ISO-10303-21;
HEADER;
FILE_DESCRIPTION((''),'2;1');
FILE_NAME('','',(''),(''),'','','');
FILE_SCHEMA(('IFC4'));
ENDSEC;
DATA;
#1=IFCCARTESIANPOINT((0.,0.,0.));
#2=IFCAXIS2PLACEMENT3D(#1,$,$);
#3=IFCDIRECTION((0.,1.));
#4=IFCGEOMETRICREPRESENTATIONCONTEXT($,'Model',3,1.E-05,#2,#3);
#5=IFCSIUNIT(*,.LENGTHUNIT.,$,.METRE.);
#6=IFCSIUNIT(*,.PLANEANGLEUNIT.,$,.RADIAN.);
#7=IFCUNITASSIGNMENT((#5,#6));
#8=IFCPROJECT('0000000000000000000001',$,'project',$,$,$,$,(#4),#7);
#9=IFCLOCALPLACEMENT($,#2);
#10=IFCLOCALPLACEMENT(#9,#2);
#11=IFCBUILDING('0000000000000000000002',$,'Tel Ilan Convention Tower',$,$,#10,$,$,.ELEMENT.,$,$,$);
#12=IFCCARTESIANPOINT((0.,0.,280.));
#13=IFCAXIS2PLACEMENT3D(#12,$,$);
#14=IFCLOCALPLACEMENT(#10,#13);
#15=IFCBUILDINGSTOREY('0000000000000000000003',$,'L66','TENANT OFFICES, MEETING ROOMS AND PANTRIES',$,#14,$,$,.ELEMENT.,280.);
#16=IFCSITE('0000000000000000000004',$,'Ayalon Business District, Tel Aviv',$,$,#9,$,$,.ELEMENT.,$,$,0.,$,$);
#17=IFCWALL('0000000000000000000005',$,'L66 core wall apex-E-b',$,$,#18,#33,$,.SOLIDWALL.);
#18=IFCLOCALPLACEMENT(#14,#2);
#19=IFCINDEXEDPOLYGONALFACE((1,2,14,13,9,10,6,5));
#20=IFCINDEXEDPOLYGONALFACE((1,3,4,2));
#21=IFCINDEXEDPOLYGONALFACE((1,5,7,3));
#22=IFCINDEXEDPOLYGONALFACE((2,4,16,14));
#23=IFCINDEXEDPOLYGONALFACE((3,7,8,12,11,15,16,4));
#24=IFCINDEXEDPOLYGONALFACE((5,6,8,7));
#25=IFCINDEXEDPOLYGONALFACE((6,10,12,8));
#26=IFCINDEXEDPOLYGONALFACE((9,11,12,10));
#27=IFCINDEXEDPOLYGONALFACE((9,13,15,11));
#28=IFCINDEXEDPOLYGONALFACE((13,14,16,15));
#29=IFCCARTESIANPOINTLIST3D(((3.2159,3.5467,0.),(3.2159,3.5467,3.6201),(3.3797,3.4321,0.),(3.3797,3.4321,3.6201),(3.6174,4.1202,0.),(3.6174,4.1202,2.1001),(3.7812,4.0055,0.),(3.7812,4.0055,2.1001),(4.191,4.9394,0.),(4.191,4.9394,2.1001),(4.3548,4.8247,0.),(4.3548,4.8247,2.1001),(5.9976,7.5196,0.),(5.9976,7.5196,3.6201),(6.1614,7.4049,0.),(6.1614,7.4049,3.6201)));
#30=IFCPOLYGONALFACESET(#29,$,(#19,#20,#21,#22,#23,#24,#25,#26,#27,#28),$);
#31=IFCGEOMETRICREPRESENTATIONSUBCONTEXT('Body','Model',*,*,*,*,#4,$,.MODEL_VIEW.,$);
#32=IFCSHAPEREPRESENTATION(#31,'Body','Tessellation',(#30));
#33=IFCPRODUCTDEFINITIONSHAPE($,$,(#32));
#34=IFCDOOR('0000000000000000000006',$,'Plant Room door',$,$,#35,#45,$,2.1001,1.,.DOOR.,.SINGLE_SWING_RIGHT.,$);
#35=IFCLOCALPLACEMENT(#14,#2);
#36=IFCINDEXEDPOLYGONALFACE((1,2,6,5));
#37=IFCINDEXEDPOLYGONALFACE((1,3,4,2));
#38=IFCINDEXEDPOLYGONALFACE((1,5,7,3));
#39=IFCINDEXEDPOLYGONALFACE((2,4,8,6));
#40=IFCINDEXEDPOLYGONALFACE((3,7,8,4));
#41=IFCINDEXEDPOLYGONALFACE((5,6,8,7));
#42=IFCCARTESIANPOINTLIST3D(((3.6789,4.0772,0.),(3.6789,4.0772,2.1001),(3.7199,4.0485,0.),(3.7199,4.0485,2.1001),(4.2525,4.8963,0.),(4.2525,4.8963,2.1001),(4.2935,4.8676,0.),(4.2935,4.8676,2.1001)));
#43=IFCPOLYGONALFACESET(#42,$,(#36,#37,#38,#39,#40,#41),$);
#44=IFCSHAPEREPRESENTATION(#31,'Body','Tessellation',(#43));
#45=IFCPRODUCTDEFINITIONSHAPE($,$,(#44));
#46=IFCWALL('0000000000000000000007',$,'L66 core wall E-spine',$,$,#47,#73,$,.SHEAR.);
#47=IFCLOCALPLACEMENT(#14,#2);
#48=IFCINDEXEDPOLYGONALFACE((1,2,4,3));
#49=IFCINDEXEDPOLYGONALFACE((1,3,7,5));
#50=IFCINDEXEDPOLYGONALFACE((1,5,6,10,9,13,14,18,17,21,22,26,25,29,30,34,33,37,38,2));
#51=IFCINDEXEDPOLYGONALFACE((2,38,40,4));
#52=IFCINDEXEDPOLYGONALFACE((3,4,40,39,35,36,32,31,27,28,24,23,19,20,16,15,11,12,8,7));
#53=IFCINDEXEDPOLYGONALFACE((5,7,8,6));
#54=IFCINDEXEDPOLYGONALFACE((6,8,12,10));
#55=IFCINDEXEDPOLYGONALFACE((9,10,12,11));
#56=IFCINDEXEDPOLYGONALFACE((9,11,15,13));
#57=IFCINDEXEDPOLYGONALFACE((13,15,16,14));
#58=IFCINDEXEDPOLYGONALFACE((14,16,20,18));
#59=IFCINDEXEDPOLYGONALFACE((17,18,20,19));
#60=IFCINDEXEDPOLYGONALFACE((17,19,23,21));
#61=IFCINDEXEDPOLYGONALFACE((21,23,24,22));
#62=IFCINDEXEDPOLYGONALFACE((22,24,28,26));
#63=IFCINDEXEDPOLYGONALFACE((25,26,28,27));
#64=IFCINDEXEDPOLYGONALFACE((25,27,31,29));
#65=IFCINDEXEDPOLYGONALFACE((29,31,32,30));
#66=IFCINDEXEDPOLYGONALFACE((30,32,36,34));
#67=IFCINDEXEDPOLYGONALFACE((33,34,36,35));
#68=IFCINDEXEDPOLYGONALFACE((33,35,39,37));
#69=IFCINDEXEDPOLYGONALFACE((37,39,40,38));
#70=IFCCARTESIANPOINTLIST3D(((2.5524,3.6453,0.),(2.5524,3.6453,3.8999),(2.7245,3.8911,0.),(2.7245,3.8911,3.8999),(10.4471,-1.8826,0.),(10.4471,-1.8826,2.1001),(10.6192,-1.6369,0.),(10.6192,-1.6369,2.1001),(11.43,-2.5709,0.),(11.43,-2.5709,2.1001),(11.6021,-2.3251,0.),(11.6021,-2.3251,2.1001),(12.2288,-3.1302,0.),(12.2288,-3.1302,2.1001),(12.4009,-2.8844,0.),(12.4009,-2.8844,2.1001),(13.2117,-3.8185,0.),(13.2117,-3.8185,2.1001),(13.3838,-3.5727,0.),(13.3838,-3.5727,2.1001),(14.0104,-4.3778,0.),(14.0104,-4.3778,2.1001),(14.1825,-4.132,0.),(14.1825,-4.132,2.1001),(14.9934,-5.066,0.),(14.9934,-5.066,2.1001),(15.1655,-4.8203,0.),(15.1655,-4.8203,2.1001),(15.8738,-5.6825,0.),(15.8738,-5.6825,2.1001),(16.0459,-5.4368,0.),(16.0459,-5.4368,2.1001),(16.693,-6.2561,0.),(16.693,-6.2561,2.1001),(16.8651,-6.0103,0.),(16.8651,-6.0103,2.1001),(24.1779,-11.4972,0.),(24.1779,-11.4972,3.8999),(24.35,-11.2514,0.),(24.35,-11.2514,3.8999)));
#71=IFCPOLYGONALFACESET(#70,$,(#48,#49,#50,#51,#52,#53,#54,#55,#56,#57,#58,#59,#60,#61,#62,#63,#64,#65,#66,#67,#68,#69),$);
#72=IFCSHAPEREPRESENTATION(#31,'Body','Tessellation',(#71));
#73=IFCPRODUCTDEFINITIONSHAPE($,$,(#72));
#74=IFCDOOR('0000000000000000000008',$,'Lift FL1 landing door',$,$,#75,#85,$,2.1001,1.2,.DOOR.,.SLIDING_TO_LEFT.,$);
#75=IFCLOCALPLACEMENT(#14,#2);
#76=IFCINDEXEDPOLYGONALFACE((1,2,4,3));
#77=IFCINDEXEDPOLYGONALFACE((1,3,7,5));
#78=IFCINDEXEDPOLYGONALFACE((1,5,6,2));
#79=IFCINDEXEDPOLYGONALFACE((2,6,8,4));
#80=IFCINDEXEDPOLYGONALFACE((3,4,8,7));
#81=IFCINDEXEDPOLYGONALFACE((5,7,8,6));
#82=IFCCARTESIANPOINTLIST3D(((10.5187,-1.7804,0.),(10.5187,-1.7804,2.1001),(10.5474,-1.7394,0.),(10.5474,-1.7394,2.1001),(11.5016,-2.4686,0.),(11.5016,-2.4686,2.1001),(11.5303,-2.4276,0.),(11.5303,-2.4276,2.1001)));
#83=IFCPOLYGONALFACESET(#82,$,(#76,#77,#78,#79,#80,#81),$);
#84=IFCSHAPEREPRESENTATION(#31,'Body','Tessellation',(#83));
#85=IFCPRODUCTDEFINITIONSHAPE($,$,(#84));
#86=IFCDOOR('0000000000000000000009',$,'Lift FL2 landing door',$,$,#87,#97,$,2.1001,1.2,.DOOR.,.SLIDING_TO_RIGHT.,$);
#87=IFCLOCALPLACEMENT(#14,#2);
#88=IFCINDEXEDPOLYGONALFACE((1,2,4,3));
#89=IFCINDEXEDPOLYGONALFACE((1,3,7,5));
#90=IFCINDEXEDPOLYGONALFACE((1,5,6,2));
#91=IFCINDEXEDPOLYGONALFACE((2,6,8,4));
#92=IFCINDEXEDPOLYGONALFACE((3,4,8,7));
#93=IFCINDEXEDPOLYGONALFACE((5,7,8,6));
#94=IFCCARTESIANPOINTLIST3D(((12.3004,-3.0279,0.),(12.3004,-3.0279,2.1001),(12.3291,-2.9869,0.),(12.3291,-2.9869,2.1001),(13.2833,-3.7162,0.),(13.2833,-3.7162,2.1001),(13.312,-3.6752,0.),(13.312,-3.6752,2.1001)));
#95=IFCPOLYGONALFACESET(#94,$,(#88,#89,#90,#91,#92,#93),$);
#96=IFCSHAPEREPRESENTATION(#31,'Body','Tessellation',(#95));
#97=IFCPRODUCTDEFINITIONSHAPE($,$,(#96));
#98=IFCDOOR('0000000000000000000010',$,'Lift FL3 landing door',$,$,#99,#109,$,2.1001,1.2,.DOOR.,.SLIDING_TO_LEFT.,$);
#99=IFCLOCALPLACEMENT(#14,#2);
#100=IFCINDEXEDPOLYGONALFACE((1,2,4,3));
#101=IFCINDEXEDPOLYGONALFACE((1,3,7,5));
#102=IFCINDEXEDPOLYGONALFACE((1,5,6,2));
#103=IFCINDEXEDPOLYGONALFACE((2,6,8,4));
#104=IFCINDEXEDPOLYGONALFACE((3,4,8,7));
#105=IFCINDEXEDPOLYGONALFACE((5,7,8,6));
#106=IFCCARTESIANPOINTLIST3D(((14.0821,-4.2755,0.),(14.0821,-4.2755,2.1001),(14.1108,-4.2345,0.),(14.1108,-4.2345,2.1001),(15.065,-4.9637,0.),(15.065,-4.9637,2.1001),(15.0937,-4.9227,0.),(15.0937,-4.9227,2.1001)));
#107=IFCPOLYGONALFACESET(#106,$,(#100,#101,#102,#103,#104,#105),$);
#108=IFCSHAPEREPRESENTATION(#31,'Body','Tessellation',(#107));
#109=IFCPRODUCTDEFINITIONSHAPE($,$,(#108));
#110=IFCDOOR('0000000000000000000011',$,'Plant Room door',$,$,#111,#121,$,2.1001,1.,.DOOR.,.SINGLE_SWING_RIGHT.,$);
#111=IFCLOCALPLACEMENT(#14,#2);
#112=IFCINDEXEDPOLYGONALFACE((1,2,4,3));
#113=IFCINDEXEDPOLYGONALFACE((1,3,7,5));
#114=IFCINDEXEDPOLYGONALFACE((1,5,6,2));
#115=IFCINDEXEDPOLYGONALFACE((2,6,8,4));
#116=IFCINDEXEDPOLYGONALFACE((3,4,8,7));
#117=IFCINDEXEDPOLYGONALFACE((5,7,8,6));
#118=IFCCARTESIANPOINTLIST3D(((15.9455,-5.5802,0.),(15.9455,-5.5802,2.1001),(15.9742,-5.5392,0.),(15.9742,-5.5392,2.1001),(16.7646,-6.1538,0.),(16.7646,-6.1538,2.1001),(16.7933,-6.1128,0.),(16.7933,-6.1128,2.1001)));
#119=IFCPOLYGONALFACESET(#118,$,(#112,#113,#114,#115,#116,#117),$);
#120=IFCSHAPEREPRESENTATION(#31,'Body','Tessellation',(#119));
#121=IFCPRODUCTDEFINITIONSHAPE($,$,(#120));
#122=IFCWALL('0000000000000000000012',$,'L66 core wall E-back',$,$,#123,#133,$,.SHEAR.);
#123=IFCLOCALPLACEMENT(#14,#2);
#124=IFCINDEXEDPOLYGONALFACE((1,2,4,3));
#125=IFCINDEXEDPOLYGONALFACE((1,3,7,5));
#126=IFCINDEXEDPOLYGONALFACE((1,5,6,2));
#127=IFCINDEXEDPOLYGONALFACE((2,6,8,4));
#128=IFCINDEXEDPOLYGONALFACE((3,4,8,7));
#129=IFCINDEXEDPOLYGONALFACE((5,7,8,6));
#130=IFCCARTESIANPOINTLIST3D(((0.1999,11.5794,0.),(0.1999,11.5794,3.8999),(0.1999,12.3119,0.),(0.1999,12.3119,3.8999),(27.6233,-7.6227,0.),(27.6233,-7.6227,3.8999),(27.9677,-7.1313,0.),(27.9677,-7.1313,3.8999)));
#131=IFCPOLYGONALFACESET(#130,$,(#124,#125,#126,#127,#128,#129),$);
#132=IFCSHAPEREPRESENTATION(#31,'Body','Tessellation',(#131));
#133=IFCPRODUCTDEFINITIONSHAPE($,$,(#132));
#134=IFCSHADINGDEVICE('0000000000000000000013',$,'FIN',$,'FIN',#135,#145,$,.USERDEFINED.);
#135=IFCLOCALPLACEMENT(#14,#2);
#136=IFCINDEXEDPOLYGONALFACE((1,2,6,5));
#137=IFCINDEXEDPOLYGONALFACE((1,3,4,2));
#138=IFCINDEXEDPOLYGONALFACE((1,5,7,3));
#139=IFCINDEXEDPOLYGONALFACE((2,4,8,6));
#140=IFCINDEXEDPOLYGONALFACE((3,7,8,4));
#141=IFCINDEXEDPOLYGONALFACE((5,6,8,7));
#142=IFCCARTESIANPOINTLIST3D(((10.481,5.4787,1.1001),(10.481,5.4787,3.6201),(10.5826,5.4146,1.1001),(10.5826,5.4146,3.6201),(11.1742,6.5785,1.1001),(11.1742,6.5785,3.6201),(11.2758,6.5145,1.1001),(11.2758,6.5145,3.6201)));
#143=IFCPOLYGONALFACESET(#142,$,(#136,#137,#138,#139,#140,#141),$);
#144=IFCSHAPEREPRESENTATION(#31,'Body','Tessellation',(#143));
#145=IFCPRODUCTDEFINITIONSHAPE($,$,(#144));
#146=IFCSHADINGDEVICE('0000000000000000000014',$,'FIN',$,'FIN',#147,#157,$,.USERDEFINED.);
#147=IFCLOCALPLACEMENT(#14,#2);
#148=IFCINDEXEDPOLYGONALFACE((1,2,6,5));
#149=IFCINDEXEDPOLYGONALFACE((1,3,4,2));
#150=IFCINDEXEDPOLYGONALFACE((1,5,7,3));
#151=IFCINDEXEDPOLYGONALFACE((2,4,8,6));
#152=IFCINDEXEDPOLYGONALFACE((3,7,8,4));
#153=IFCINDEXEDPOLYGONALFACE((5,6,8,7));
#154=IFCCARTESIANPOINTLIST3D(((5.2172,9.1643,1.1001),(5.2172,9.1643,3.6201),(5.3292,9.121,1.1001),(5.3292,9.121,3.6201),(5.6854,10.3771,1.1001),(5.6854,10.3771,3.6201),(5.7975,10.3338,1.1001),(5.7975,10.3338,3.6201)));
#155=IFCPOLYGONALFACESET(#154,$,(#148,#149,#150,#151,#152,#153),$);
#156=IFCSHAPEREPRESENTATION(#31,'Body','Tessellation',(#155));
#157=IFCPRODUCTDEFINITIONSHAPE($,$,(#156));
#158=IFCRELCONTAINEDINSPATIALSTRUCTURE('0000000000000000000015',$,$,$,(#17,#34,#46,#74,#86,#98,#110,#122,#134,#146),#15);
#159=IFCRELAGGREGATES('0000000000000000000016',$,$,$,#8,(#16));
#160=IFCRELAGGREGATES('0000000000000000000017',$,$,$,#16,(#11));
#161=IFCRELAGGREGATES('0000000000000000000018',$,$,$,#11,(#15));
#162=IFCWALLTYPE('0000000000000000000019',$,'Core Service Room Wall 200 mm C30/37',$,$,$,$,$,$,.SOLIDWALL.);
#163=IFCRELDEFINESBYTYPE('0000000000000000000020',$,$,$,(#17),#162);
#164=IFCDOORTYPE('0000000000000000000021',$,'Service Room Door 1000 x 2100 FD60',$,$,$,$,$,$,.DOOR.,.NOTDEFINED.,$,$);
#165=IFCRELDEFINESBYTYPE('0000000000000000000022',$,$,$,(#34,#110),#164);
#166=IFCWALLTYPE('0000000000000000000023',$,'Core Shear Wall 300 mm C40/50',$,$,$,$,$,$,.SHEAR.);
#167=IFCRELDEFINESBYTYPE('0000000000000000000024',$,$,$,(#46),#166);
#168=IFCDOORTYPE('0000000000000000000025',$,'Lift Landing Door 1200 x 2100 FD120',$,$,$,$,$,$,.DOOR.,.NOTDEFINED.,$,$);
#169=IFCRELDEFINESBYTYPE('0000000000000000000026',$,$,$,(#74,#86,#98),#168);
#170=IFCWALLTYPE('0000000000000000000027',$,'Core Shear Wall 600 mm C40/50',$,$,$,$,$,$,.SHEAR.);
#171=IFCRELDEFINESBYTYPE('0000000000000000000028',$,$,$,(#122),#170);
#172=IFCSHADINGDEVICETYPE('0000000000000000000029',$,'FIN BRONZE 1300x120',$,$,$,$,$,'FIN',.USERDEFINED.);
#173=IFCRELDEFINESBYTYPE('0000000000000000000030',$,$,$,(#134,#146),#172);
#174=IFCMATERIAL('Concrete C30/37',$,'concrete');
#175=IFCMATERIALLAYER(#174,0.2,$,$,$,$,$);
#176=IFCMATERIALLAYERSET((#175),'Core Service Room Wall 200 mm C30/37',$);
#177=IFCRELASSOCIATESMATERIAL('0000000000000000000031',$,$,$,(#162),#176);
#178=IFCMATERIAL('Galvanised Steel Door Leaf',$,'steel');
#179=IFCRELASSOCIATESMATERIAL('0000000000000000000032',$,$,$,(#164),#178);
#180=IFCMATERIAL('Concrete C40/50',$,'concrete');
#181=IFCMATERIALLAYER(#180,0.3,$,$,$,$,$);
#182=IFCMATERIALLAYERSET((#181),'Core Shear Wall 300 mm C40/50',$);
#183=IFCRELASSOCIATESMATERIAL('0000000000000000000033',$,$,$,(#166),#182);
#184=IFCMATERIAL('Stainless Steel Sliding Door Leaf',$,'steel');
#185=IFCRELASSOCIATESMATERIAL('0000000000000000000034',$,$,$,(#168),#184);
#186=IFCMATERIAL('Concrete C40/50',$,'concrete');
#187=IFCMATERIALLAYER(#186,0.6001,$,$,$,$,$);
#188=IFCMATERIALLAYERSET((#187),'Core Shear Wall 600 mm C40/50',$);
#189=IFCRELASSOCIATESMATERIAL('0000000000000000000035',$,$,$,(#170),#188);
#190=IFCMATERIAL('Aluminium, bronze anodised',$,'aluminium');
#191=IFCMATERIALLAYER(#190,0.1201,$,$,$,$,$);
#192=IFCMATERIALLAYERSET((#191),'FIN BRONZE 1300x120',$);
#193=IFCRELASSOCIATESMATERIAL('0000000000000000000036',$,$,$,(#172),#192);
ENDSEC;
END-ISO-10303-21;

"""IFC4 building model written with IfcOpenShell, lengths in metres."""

from ifc_helpers import new_model, si_unit, direction, frame, frame_2d, origin, origin_2d, place, context, subcontext, project, spatial, polyline, rectangle, outline, extrude, material, layer, layer_set, type_object, element, fill, save


model = new_model("IFC4")

# Units and contexts
model_context = context("Model", 3, precision=1e-05, world=origin(), true_north=direction((0.0, 1.0)))
body_context = subcontext(model_context, "Body", "Model", "MODEL_VIEW")
ifc_project = project(units=[si_unit("LENGTHUNIT", "METRE"), si_unit("PLANEANGLEUNIT", "RADIAN")], contexts=[model_context])

# Site, building, storey
site_placement = place(None, origin())
site = spatial("IfcSite", under=ifc_project, at=site_placement, Name="Ayalon Business District, Tel Aviv", CompositionType="ELEMENT", RefElevation=0.0)
building_placement = place(site_placement, origin())
building = spatial("IfcBuilding", under=site, at=building_placement, Name="Tel Ilan Convention Tower", CompositionType="ELEMENT")
storey_placement = place(building_placement, frame((0.0, 0.0, 280.0)))
storey = spatial("IfcBuildingStorey", under=building, at=storey_placement, Name="L66", Description="TENANT OFFICES, MEETING ROOMS AND PANTRIES", CompositionType="ELEMENT", Elevation=280.0)

# Wall, opening, door
ifc_material_1 = material(Name="Concrete C30/37", Category="concrete")
ifc_layer_1 = layer(ifc_material_1, 0.2)
ifc_layer_set_1 = layer_set([ifc_layer_1], Name="Core Service Room Wall 200 mm C30/37")
wall_type_1 = type_object("IfcWallType", Name="Core Service Room Wall 200 mm C30/37", PredefinedType="SOLIDWALL", material=ifc_layer_set_1)
wall_1_placement = place(storey_placement, frame((3.2979, 3.4895, 0.0), z_axis=(0.0, 0.0, 1.0), x_axis=(0.57356, 0.819163, 0.0)))
wall_1 = element("IfcWall", 1, at=wall_1_placement, inside=storey, type_object=wall_type_1, Name="L66 core wall apex-E-b", PredefinedType="SOLIDWALL", context=body_context, shape_type="SweptSolid", body=[
    extrude(rectangle(XDim=4.8499, YDim=0.2, at=frame_2d((2.4248, 0.0))), origin(), (0.0, 0.0, 1.0), 3.6201),
])
opening_1_placement = place(wall_1_placement, frame((0.7, 0.0, 0.0)))
opening_1 = element("IfcOpeningElement", 2, at=opening_1_placement, cuts=wall_1, PredefinedType="OPENING", context=body_context, shape_type="SweptSolid", body=[
    extrude(rectangle(XDim=1.0, YDim=2.1001, at=frame_2d((0.5, 1.05))), frame((0.0, 0.1099, 0.0), z_axis=(0.0, -1.0, 0.0), x_axis=(1.0, 0.0, 0.0)), (0.0, 0.0, 1.0), 0.22),
])
ifc_material_2 = material(Name="Galvanised Steel Door Leaf", Category="steel")
door_type_1 = type_object("IfcDoorType", Name="Service Room Door 1000 x 2100 FD60", OperationType="NOTDEFINED", PredefinedType="DOOR", material=ifc_material_2)
door_1_placement = place(opening_1_placement, origin())
door_1 = element("IfcDoor", 3, at=door_1_placement, inside=storey, type_object=door_type_1, Name="Plant Room door", OperationType="SINGLE_SWING_RIGHT", OverallHeight=2.1001, OverallWidth=1.0, PredefinedType="DOOR", context=body_context, shape_type="SweptSolid", body=[
    extrude(rectangle(XDim=1.0, YDim=2.1001, at=frame_2d((0.5, 1.05))), frame((0.0, 0.0249, 0.0), z_axis=(0.0, -1.0, 0.0), x_axis=(1.0, 0.0, 0.0)), (0.0, 0.0, 1.0), 0.05),
])
fill(opening_1, door_1)

# Wall, openings, doors
ifc_material_3 = material(Name="Concrete C40/50", Category="concrete")
ifc_layer_2 = layer(ifc_material_3, 0.3)
ifc_layer_set_2 = layer_set([ifc_layer_2], Name="Core Shear Wall 300 mm C40/50")
wall_type_2 = type_object("IfcWallType", Name="Core Shear Wall 300 mm C40/50", PredefinedType="SHEAR", material=ifc_layer_set_2)
wall_2_placement = place(storey_placement, frame((2.6384, 3.7681, 0.0), z_axis=(0.0, 0.0, 1.0), x_axis=(0.819155, -0.573572, 0.0)))
wall_2 = element("IfcWall", 4, at=wall_2_placement, inside=storey, type_object=wall_type_2, Name="L66 core wall E-spine", PredefinedType="SHEAR", context=body_context, shape_type="SweptSolid", body=[
    extrude(outline(polyline([(0.0, 0.1501), (0.0, -0.1499), (26.3999, -0.1501), (26.3999, 0.1499), (0.0, 0.1501)])), origin(), (0.0, 0.0, 1.0), 3.8999),
])
opening_2_placement = place(wall_2_placement, frame((9.6375, 0.0, 0.0)))
opening_2 = element("IfcOpeningElement", 5, at=opening_2_placement, cuts=wall_2, PredefinedType="OPENING", context=body_context, shape_type="SweptSolid", body=[
    extrude(rectangle(XDim=1.2, YDim=2.1001, at=frame_2d((0.6001, 1.05))), frame((0.0, 0.1599, 0.0), z_axis=(0.0, -1.0, 0.0), x_axis=(1.0, 0.0, 0.0)), (0.0, 0.0, 1.0), 0.3201),
])
opening_3_placement = place(wall_2_placement, frame((11.8125, 0.0, 0.0)))
opening_3 = element("IfcOpeningElement", 6, at=opening_3_placement, cuts=wall_2, PredefinedType="OPENING", context=body_context, shape_type="SweptSolid", body=[
    extrude(rectangle(XDim=1.2, YDim=2.1001, at=frame_2d((0.6001, 1.05))), frame((0.0, 0.1599, 0.0), z_axis=(0.0, -1.0, 0.0), x_axis=(1.0, 0.0, 0.0)), (0.0, 0.0, 1.0), 0.3201),
])
opening_4_placement = place(wall_2_placement, frame((13.9875, 0.0, 0.0)))
opening_4 = element("IfcOpeningElement", 7, at=opening_4_placement, cuts=wall_2, PredefinedType="OPENING", context=body_context, shape_type="SweptSolid", body=[
    extrude(rectangle(XDim=1.2, YDim=2.1001, at=frame_2d((0.6001, 1.05))), frame((0.0, 0.1599, 0.0), z_axis=(0.0, -1.0, 0.0), x_axis=(1.0, 0.0, 0.0)), (0.0, 0.0, 1.0), 0.3201),
])
opening_5_placement = place(wall_2_placement, frame((16.2625, 0.0, 0.0)))
opening_5 = element("IfcOpeningElement", 8, at=opening_5_placement, cuts=wall_2, PredefinedType="OPENING", context=body_context, shape_type="SweptSolid", body=[
    extrude(rectangle(XDim=1.0, YDim=2.1001, at=frame_2d((0.5, 1.05))), frame((0.0, 0.1599, 0.0), z_axis=(0.0, -1.0, 0.0), x_axis=(1.0, 0.0, 0.0)), (0.0, 0.0, 1.0), 0.3201),
])
ifc_material_4 = material(Name="Stainless Steel Sliding Door Leaf", Category="steel")
door_type_2 = type_object("IfcDoorType", Name="Lift Landing Door 1200 x 2100 FD120", OperationType="NOTDEFINED", PredefinedType="DOOR", material=ifc_material_4)
door_2_placement = place(opening_2_placement, origin())
door_2 = element("IfcDoor", 9, at=door_2_placement, inside=storey, type_object=door_type_2, Name="Lift FL1 landing door", OperationType="SLIDING_TO_LEFT", OverallHeight=2.1001, OverallWidth=1.2, PredefinedType="DOOR", context=body_context, shape_type="SweptSolid", body=[
    extrude(rectangle(XDim=1.2, YDim=2.1001, at=frame_2d((0.6001, 1.05))), frame((0.0, 0.0249, 0.0), z_axis=(0.0, -1.0, 0.0), x_axis=(1.0, 0.0, 0.0)), (0.0, 0.0, 1.0), 0.05),
])
fill(opening_2, door_2)
door_3_placement = place(opening_3_placement, origin())
door_3 = element("IfcDoor", 10, at=door_3_placement, inside=storey, type_object=door_type_2, Name="Lift FL2 landing door", OperationType="SLIDING_TO_RIGHT", OverallHeight=2.1001, OverallWidth=1.2, PredefinedType="DOOR", context=body_context, shape_type="SweptSolid", body=[
    extrude(rectangle(XDim=1.2, YDim=2.1001, at=frame_2d((0.6001, 1.05))), frame((0.0, 0.0249, 0.0), z_axis=(0.0, -1.0, 0.0), x_axis=(1.0, 0.0, 0.0)), (0.0, 0.0, 1.0), 0.05),
])
fill(opening_3, door_3)
door_4_placement = place(opening_4_placement, origin())
door_4 = element("IfcDoor", 11, at=door_4_placement, inside=storey, type_object=door_type_2, Name="Lift FL3 landing door", OperationType="SLIDING_TO_LEFT", OverallHeight=2.1001, OverallWidth=1.2, PredefinedType="DOOR", context=body_context, shape_type="SweptSolid", body=[
    extrude(rectangle(XDim=1.2, YDim=2.1001, at=frame_2d((0.6001, 1.05))), frame((0.0, 0.0249, 0.0), z_axis=(0.0, -1.0, 0.0), x_axis=(1.0, 0.0, 0.0)), (0.0, 0.0, 1.0), 0.05),
])
fill(opening_4, door_4)
door_5_placement = place(opening_5_placement, origin())
door_5 = element("IfcDoor", 12, at=door_5_placement, inside=storey, type_object=door_type_1, Name="Plant Room door", OperationType="SINGLE_SWING_RIGHT", OverallHeight=2.1001, OverallWidth=1.0, PredefinedType="DOOR", context=body_context, shape_type="SweptSolid", body=[
    extrude(rectangle(XDim=1.0, YDim=2.1001, at=frame_2d((0.5, 1.05))), frame((0.0, 0.0249, 0.0), z_axis=(0.0, -1.0, 0.0), x_axis=(1.0, 0.0, 0.0)), (0.0, 0.0, 1.0), 0.05),
])
fill(opening_5, door_5)

# Wall
ifc_material_5 = material(Name="Concrete C40/50", Category="concrete")
ifc_layer_3 = layer(ifc_material_5, 0.6001)
ifc_layer_set_3 = layer_set([ifc_layer_3], Name="Core Shear Wall 600 mm C40/50")
wall_type_3 = type_object("IfcWallType", Name="Core Shear Wall 600 mm C40/50", PredefinedType="SHEAR", material=ifc_layer_set_3)
wall_3_placement = place(storey_placement, frame((0.0278, 12.0662, 0.0), z_axis=(0.0, 0.0, 1.0), x_axis=(0.819151, -0.573577, 0.0)))
element("IfcWall", 13, at=wall_3_placement, inside=storey, type_object=wall_type_3, Name="L66 core wall E-back", PredefinedType="SHEAR", context=body_context, shape_type="SweptSolid", body=[
    extrude(outline(polyline([(33.8982, 0.3), (0.0, 0.3), (0.4202, -0.3), (33.8979, -0.3), (33.8982, 0.3)])), origin(), (0.0, 0.0, 1.0), 3.8999),
])

# Shading devices
ifc_material_6 = material(Name="Aluminium, bronze anodised", Category="aluminium")
ifc_layer_4 = layer(ifc_material_6, 0.1201)
ifc_layer_set_4 = layer_set([ifc_layer_4], Name="FIN BRONZE 1300x120")
shading_device_type_1 = type_object("IfcShadingDeviceType", Name="FIN BRONZE 1300x120", ElementType="FIN", PredefinedType="USERDEFINED", material=ifc_layer_set_4)
for number, where, z_axis, x_axis, name in (
    (14, (10.8784, 5.9966, 1.1001), (0.0, 0.0, 1.0), (0.533204, 0.845986, 0.0), "FIN"),
    (15, (5.5073, 9.749, 1.1001), (0.0, 0.0, 1.0), (0.360178, 0.932884, 0.0), "FIN"),
):
    element("IfcShadingDevice", number, at=place(storey_placement, frame(where, z_axis=z_axis, x_axis=x_axis)), inside=storey, type_object=shading_device_type_1, Name=name, ObjectType="FIN", PredefinedType="USERDEFINED", context=body_context, shape_type="SweptSolid", body=[
        extrude(rectangle(XDim=1.3, YDim=0.1201, at=origin_2d()), origin(), (0.0, 0.0, 1.0), 2.52),
    ])

save(model, "model.ifc")
